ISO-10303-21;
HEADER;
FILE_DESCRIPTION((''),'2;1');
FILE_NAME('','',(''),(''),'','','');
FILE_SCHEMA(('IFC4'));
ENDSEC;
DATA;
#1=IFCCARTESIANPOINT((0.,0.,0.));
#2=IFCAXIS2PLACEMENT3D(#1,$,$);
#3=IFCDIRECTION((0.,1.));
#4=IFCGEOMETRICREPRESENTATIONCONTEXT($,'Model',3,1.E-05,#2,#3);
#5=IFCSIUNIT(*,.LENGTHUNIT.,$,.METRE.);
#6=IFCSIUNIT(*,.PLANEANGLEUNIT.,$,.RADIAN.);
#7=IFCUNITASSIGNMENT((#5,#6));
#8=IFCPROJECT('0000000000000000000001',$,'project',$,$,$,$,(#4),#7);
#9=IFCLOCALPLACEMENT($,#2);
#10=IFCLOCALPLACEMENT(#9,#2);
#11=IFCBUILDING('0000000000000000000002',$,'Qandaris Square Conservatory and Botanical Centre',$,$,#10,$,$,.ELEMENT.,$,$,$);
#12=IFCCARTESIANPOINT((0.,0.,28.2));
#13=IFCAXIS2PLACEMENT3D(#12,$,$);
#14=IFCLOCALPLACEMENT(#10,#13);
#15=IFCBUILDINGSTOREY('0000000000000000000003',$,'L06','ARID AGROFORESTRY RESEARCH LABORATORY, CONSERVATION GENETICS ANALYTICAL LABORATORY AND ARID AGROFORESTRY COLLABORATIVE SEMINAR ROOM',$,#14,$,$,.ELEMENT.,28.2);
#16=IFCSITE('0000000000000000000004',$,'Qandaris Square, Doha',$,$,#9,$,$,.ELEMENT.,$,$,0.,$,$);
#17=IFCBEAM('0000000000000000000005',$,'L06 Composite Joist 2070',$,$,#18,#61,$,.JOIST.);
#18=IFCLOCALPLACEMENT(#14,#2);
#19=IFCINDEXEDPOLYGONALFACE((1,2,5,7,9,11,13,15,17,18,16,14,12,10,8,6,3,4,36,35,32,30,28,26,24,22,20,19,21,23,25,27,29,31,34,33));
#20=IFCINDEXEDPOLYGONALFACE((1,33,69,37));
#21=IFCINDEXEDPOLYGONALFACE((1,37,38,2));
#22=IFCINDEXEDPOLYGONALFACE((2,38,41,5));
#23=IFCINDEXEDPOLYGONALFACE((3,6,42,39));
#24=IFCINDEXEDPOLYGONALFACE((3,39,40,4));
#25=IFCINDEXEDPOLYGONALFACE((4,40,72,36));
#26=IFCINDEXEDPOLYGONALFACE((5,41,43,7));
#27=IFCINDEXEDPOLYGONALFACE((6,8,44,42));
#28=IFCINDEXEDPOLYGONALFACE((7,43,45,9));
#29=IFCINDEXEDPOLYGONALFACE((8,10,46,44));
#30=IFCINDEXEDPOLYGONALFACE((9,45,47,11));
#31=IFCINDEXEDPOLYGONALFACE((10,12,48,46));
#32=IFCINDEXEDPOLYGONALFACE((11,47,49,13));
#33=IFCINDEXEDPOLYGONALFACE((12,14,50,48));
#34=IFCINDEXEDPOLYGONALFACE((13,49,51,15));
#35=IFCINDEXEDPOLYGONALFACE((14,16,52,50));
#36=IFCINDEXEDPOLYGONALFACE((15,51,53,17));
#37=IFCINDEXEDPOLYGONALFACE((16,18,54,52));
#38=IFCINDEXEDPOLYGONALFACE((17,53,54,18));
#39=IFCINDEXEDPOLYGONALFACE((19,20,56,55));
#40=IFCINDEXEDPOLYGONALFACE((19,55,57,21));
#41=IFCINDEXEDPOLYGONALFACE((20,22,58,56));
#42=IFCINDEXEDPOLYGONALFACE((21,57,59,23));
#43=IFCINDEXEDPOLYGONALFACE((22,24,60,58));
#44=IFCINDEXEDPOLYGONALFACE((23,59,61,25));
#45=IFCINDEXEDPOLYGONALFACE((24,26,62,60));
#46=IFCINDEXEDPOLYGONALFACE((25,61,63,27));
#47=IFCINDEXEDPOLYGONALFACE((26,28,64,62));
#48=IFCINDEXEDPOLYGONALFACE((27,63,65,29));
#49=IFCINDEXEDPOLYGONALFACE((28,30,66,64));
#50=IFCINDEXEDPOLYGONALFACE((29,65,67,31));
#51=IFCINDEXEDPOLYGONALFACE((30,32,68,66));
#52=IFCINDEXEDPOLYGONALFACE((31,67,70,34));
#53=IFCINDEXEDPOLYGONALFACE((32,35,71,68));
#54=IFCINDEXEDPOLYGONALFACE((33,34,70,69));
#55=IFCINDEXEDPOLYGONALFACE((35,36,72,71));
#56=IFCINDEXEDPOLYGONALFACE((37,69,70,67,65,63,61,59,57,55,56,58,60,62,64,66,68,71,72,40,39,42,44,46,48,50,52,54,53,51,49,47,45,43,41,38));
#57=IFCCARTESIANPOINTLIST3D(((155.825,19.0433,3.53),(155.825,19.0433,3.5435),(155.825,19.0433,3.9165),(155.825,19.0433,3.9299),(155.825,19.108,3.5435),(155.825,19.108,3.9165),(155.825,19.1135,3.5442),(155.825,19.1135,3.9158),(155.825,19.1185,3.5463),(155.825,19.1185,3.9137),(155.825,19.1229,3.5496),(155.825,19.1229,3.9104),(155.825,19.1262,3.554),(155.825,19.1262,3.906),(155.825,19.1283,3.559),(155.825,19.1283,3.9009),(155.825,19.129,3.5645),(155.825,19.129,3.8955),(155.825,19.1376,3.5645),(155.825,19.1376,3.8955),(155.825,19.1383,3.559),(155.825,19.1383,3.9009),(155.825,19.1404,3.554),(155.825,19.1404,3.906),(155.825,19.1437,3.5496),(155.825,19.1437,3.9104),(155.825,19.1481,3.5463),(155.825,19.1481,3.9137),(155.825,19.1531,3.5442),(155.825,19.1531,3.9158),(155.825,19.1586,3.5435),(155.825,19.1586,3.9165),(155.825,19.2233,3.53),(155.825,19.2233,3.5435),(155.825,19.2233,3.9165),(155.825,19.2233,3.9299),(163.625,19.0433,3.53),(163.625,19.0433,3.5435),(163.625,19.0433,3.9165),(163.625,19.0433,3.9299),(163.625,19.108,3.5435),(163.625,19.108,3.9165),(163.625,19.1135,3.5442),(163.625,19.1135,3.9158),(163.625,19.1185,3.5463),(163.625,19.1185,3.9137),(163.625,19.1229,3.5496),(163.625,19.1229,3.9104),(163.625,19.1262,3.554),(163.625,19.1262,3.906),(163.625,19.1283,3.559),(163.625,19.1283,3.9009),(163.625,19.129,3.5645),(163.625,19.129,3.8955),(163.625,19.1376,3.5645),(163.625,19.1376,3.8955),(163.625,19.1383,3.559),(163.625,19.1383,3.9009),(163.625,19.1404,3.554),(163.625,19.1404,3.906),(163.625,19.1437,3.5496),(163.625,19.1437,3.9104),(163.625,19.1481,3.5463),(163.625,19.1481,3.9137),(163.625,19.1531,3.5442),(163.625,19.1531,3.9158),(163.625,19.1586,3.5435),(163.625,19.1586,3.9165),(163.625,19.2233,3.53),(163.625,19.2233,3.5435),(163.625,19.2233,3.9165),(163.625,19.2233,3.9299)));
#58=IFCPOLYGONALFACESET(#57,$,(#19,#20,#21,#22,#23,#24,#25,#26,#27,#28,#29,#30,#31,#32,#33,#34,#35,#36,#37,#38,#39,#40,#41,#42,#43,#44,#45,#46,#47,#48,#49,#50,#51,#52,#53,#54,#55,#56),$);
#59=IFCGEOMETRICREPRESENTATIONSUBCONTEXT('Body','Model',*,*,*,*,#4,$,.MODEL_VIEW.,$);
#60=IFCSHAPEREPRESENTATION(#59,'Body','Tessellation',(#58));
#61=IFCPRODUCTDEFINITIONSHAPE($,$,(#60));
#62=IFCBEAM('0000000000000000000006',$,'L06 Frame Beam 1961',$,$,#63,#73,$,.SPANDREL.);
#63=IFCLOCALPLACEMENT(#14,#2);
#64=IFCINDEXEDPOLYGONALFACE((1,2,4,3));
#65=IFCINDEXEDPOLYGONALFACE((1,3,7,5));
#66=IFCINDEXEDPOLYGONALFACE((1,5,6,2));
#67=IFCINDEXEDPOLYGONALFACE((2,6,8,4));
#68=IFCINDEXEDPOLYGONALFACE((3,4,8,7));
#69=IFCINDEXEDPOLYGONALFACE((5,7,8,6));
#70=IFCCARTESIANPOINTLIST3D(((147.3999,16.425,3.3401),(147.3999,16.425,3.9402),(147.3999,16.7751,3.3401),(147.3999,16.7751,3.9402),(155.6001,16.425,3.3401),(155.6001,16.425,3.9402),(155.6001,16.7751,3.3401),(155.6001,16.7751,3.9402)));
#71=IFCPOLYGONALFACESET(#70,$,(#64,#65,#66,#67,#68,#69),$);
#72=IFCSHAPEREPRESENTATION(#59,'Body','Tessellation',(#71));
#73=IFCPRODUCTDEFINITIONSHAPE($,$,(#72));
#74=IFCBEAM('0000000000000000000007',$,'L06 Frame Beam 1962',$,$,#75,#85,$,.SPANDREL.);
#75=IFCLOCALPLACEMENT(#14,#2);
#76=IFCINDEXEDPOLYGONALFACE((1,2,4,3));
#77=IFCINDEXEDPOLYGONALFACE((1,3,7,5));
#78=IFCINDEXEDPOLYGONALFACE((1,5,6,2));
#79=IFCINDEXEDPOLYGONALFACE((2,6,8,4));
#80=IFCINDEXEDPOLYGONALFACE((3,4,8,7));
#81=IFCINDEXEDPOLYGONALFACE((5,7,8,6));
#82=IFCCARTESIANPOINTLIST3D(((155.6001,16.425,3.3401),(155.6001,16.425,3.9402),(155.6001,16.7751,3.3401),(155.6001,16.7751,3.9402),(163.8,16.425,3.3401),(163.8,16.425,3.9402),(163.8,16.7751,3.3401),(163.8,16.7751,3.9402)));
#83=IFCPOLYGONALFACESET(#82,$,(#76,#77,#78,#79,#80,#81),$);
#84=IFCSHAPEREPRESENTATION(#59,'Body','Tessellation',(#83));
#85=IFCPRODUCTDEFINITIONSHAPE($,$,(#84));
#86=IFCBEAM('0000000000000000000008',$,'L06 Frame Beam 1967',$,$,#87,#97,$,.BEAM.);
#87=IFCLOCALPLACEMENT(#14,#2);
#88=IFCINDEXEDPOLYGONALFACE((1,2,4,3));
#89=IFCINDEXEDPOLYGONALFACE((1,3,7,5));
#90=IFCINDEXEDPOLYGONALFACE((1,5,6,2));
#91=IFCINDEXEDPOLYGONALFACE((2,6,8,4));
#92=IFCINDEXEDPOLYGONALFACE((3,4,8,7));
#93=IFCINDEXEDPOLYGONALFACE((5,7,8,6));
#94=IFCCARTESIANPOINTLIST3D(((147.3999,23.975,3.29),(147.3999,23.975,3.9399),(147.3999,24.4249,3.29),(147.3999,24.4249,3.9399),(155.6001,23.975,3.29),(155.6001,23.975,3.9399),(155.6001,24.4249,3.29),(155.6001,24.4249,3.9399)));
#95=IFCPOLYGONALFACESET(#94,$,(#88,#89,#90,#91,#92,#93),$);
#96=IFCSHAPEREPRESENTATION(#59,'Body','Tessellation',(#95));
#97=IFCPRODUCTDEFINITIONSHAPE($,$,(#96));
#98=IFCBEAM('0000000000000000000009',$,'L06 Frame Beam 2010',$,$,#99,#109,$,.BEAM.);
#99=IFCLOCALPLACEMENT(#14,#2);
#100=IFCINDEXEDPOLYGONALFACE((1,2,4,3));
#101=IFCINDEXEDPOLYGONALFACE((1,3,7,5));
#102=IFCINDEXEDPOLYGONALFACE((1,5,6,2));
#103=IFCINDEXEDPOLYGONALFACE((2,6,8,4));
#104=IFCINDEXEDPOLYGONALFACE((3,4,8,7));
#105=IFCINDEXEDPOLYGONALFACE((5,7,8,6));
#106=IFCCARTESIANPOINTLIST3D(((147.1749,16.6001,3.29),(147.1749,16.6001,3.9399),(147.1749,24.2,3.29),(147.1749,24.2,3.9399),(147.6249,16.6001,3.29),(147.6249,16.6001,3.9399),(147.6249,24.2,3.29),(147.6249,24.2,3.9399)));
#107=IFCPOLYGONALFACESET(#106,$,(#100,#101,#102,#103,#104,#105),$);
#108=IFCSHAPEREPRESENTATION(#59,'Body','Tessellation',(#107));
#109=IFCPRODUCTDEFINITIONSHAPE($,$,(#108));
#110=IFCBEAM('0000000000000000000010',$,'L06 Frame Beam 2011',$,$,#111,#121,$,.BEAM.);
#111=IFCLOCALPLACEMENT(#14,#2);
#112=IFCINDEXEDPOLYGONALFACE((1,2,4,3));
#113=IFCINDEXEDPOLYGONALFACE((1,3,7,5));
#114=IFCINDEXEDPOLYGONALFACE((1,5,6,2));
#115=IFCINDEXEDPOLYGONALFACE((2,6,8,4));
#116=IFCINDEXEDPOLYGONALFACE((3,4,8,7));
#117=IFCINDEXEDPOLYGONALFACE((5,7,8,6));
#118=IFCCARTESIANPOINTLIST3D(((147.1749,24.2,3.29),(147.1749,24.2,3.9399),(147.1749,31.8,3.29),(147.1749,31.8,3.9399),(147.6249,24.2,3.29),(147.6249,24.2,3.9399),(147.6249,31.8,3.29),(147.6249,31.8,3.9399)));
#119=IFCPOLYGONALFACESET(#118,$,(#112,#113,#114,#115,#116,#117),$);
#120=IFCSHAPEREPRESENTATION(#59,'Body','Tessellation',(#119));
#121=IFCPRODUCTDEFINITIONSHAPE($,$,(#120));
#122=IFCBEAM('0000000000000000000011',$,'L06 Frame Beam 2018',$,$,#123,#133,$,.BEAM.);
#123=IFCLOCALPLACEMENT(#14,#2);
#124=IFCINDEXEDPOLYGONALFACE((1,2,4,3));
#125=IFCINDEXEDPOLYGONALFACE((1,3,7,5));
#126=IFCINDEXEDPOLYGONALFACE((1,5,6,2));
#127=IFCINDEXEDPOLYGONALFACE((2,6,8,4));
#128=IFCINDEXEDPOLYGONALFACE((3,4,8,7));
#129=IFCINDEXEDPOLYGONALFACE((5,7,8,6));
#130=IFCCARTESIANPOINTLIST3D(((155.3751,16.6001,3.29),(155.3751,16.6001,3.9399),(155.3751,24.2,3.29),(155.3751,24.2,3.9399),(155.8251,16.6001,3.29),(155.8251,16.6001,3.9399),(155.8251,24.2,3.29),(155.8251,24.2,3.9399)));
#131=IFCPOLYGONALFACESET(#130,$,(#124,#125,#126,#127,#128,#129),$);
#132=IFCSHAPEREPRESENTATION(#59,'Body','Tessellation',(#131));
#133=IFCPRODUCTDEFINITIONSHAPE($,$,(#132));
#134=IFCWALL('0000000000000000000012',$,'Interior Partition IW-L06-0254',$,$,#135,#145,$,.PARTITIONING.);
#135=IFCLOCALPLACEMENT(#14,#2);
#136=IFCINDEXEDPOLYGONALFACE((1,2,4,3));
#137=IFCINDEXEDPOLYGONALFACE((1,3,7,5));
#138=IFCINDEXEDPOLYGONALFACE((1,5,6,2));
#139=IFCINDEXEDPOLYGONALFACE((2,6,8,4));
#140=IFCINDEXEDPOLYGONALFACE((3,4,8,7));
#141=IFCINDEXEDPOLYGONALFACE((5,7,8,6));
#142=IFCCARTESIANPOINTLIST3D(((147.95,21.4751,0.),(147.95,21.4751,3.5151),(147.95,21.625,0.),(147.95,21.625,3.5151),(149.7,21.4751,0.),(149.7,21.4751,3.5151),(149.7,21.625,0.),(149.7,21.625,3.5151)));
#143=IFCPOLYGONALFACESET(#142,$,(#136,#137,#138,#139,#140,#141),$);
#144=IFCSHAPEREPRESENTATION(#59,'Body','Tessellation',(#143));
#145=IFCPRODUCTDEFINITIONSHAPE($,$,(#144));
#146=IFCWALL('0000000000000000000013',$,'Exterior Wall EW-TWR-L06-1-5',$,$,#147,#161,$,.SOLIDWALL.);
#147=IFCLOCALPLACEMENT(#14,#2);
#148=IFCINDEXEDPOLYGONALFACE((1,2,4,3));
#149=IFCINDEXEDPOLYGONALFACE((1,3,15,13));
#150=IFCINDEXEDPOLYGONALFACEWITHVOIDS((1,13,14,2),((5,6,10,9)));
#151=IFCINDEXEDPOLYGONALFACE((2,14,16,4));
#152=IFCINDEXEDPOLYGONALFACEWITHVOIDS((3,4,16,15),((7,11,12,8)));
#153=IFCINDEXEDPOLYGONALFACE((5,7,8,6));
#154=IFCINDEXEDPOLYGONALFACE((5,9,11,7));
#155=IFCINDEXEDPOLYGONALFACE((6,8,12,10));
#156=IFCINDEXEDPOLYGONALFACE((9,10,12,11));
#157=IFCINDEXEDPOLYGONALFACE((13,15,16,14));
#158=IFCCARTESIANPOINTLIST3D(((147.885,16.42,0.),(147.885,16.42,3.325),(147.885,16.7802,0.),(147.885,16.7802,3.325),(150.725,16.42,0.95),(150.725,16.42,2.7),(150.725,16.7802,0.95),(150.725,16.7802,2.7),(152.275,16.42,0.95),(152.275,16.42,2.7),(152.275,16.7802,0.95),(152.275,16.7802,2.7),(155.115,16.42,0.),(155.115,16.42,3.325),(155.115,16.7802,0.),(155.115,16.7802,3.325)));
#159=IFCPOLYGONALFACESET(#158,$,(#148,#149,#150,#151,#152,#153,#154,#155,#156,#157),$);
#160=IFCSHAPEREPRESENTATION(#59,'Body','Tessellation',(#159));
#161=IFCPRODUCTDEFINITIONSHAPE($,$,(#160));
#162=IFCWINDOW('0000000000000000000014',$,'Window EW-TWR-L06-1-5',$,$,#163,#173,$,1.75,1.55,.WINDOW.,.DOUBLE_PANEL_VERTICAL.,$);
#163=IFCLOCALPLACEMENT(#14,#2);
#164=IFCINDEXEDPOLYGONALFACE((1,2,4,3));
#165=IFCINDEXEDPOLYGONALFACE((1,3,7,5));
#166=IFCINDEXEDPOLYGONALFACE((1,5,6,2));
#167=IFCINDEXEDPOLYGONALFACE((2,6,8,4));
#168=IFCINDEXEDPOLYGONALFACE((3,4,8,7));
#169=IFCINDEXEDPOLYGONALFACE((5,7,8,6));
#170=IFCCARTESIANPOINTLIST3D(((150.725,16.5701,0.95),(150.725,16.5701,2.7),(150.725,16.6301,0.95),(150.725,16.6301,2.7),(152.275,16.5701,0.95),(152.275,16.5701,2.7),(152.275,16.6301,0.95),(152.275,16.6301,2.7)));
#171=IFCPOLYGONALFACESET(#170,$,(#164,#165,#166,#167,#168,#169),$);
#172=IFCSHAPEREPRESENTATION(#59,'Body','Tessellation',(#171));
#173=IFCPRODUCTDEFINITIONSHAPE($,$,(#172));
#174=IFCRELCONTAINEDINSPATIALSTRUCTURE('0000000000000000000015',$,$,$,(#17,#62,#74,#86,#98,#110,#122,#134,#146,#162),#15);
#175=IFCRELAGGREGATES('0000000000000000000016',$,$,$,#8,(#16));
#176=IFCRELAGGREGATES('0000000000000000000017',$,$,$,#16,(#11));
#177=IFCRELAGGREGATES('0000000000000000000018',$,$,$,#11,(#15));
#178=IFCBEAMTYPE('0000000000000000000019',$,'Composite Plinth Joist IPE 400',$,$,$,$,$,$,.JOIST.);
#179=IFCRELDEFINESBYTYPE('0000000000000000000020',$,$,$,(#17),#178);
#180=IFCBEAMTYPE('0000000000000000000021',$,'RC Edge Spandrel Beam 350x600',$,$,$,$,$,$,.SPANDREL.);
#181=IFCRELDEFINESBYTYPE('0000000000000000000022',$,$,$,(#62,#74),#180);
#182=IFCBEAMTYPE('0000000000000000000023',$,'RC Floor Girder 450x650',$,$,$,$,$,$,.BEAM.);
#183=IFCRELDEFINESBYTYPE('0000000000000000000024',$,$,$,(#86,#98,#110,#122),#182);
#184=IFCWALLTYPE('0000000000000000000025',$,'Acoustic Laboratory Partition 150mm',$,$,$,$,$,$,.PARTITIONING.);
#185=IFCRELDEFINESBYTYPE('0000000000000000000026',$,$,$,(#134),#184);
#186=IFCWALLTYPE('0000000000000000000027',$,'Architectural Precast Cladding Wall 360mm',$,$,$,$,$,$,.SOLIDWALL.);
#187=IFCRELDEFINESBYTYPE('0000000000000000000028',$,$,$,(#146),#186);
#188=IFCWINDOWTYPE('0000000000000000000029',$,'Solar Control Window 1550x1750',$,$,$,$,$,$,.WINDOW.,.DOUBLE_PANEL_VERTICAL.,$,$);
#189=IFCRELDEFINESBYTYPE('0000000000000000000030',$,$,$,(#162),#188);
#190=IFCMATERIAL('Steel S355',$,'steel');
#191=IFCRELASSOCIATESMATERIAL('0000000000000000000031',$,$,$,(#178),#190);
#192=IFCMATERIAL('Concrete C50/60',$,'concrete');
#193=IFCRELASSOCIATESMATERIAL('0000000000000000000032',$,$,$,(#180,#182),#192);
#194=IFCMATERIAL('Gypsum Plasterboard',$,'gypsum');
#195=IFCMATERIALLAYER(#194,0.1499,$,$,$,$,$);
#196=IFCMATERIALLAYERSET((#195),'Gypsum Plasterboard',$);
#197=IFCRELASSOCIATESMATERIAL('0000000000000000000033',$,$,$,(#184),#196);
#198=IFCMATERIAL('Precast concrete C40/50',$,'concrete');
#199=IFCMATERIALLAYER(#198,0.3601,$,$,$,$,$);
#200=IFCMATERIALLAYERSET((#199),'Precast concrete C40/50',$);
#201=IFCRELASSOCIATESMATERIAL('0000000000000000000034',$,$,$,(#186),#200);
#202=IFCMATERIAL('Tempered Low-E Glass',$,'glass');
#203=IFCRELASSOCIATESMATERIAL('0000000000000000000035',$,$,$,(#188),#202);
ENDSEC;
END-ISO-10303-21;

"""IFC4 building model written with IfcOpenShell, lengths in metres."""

from ifc_helpers import new_model, si_unit, direction, frame, frame_2d, origin, origin_2d, place, context, subcontext, project, spatial, rectangle, i_section, extrude, material, layer, layer_set, material_profile, profile_set, type_object, element, fill, save


model = new_model("IFC4")

# Units and contexts
model_context = context("Model", 3, precision=1e-05, world=origin(), true_north=direction((0.0, 1.0)))
body_context = subcontext(model_context, "Body", "Model", "MODEL_VIEW")
ifc_project = project(units=[si_unit("LENGTHUNIT", "METRE"), si_unit("PLANEANGLEUNIT", "RADIAN")], contexts=[model_context])

# Site, building, storey
site_placement = place(None, origin())
site = spatial("IfcSite", under=ifc_project, at=site_placement, Name="Qandaris Square, Doha", CompositionType="ELEMENT", RefElevation=0.0)
building_placement = place(site_placement, origin())
building = spatial("IfcBuilding", under=site, at=building_placement, Name="Qandaris Square Conservatory and Botanical Centre", CompositionType="ELEMENT")
storey_placement = place(building_placement, frame((0.0, 0.0, 28.2)))
storey = spatial("IfcBuildingStorey", under=building, at=storey_placement, Name="L06", Description="ARID AGROFORESTRY RESEARCH LABORATORY, CONSERVATION GENETICS ANALYTICAL LABORATORY AND ARID AGROFORESTRY COLLABORATIVE SEMINAR ROOM", CompositionType="ELEMENT", Elevation=28.2)

# Shared definitions
ifc_material_1 = material(Name="Concrete C50/60", Category="concrete")

# Beams
ifc_material_2 = material(Name="Steel S355", Category="steel")
ifc_material_profile_1 = material_profile(ifc_material_2, i_section(OverallWidth=0.1799, OverallDepth=0.3999, WebThickness=0.0085, FlangeThickness=0.0134, FilletRadius=0.021, at=origin_2d()), Name="IPE 400")
ifc_profile_set_1 = profile_set([ifc_material_profile_1], Name="Steel S355")
beam_type_1 = type_object("IfcBeamType", Name="Composite Plinth Joist IPE 400", PredefinedType="JOIST", material=ifc_profile_set_1)
beam_1_placement = place(storey_placement, frame((155.825, 19.1333, 3.73), z_axis=(1.0, 0.0, 0.0), x_axis=(0.0, 1.0, 0.0)))
element("IfcBeam", 1, at=beam_1_placement, inside=storey, type_object=beam_type_1, Name="L06 Composite Joist 2070", PredefinedType="JOIST", context=body_context, shape_type="SweptSolid", body=[
    extrude(i_section(OverallWidth=0.1799, OverallDepth=0.3999, WebThickness=0.0085, FlangeThickness=0.0134, FilletRadius=0.021, at=origin_2d()), origin(), (0.0, 0.0, 1.0), 7.8),
])
ifc_material_profile_2 = material_profile(ifc_material_1, rectangle(XDim=0.3501, YDim=0.6001, at=origin_2d()), Name="RC-SP 350x600")
ifc_profile_set_2 = profile_set([ifc_material_profile_2], Name="Concrete C50/60")
beam_type_2 = type_object("IfcBeamType", Name="RC Edge Spandrel Beam 350x600", PredefinedType="SPANDREL", material=ifc_profile_set_2)
beam_2_placement = place(storey_placement, frame((147.3999, 16.6001, 3.6401), z_axis=(1.0, 0.0, 0.0), x_axis=(0.0, 1.0, 0.0)))
element("IfcBeam", 2, at=beam_2_placement, inside=storey, type_object=beam_type_2, Name="L06 Frame Beam 1961", PredefinedType="SPANDREL", context=body_context, shape_type="SweptSolid", body=[
    extrude(rectangle(XDim=0.3501, YDim=0.6001, at=origin_2d()), origin(), (0.0, 0.0, 1.0), 8.2002),
])
beam_3_placement = place(storey_placement, frame((155.6001, 16.6001, 3.6401), z_axis=(1.0, 0.0, 0.0), x_axis=(0.0, 1.0, 0.0)))
element("IfcBeam", 3, at=beam_3_placement, inside=storey, type_object=beam_type_2, Name="L06 Frame Beam 1962", PredefinedType="SPANDREL", context=body_context, shape_type="SweptSolid", body=[
    extrude(rectangle(XDim=0.3501, YDim=0.6001, at=origin_2d()), origin(), (0.0, 0.0, 1.0), 8.2),
])
ifc_material_profile_3 = material_profile(ifc_material_1, rectangle(XDim=0.45, YDim=0.6499, at=origin_2d()), Name="RC-BM 450x650")
ifc_profile_set_3 = profile_set([ifc_material_profile_3], Name="Concrete C50/60")
beam_type_3 = type_object("IfcBeamType", Name="RC Floor Girder 450x650", PredefinedType="BEAM", material=ifc_profile_set_3)
beam_4_placement = place(storey_placement, frame((147.3999, 24.2, 3.615), z_axis=(1.0, 0.0, 0.0), x_axis=(0.0, 1.0, 0.0)))
element("IfcBeam", 4, at=beam_4_placement, inside=storey, type_object=beam_type_3, Name="L06 Frame Beam 1967", PredefinedType="BEAM", context=body_context, shape_type="SweptSolid", body=[
    extrude(rectangle(XDim=0.45, YDim=0.6499, at=origin_2d()), origin(), (0.0, 0.0, 1.0), 8.2002),
])
beam_5_placement = place(storey_placement, frame((147.3999, 16.6001, 3.615), z_axis=(0.0, 1.0, 0.0), x_axis=(-1.0, 0.0, 0.0)))
element("IfcBeam", 5, at=beam_5_placement, inside=storey, type_object=beam_type_3, Name="L06 Frame Beam 2010", PredefinedType="BEAM", context=body_context, shape_type="SweptSolid", body=[
    extrude(rectangle(XDim=0.45, YDim=0.6499, at=origin_2d()), origin(), (0.0, 0.0, 1.0), 7.5999),
])
beam_6_placement = place(storey_placement, frame((147.3999, 24.2, 3.615), z_axis=(0.0, 1.0, 0.0), x_axis=(-1.0, 0.0, 0.0)))
element("IfcBeam", 6, at=beam_6_placement, inside=storey, type_object=beam_type_3, Name="L06 Frame Beam 2011", PredefinedType="BEAM", context=body_context, shape_type="SweptSolid", body=[
    extrude(rectangle(XDim=0.45, YDim=0.6499, at=origin_2d()), origin(), (0.0, 0.0, 1.0), 7.6001),
])
beam_7_placement = place(storey_placement, frame((155.6001, 16.6001, 3.615), z_axis=(0.0, 1.0, 0.0), x_axis=(-1.0, 0.0, 0.0)))
element("IfcBeam", 7, at=beam_7_placement, inside=storey, type_object=beam_type_3, Name="L06 Frame Beam 2018", PredefinedType="BEAM", context=body_context, shape_type="SweptSolid", body=[
    extrude(rectangle(XDim=0.45, YDim=0.6499, at=origin_2d()), origin(), (0.0, 0.0, 1.0), 7.5999),
])

# Wall
ifc_material_3 = material(Name="Gypsum Plasterboard", Category="gypsum")
ifc_layer_1 = layer(ifc_material_3, 0.1499)
ifc_layer_set_1 = layer_set([ifc_layer_1], Name="Gypsum Plasterboard")
wall_type_1 = type_object("IfcWallType", Name="Acoustic Laboratory Partition 150mm", PredefinedType="PARTITIONING", material=ifc_layer_set_1)
wall_1_placement = place(storey_placement, frame((149.7, 21.55, 0.0), z_axis=(0.0, 0.0, 1.0), x_axis=(-1.0, 0.0, 0.0)))
element("IfcWall", 8, at=wall_1_placement, inside=storey, type_object=wall_type_1, Name="Interior Partition IW-L06-0254", PredefinedType="PARTITIONING", context=body_context, shape_type="SweptSolid", body=[
    extrude(rectangle(XDim=1.75, YDim=0.1499, at=frame_2d((0.875, 0.0))), origin(), (0.0, 0.0, 1.0), 3.5151),
])

# Wall, opening, window
ifc_material_4 = material(Name="Precast concrete C40/50", Category="concrete")
ifc_layer_2 = layer(ifc_material_4, 0.3601)
ifc_layer_set_2 = layer_set([ifc_layer_2], Name="Precast concrete C40/50")
wall_type_2 = type_object("IfcWallType", Name="Architectural Precast Cladding Wall 360mm", PredefinedType="SOLIDWALL", material=ifc_layer_set_2)
wall_2_placement = place(storey_placement, frame((147.885, 16.6001, 0.0), z_axis=(0.0, 0.0, 1.0), x_axis=(1.0, 0.0, 0.0)))
wall_2 = element("IfcWall", 9, at=wall_2_placement, inside=storey, type_object=wall_type_2, Name="Exterior Wall EW-TWR-L06-1-5", PredefinedType="SOLIDWALL", context=body_context, shape_type="SweptSolid", body=[
    extrude(rectangle(XDim=7.23, YDim=0.3601, at=frame_2d((3.615, 0.0))), origin(), (0.0, 0.0, 1.0), 3.325),
])
opening_1_placement = place(wall_2_placement, frame((2.8401, 0.0, 0.95)))
opening_1 = element("IfcOpeningElement", 10, at=opening_1_placement, cuts=wall_2, PredefinedType="OPENING", context=body_context, shape_type="SweptSolid", body=[
    extrude(rectangle(XDim=1.55, YDim=1.75, at=frame_2d((0.7749, 0.875))), frame((0.0, 0.1919, 0.0), z_axis=(0.0, -1.0, 0.0), x_axis=(1.0, 0.0, 0.0)), (0.0, 0.0, 1.0), 0.384),
])
ifc_material_5 = material(Name="Tempered Low-E Glass", Category="glass")
window_type = type_object("IfcWindowType", Name="Solar Control Window 1550x1750", PartitioningType="DOUBLE_PANEL_VERTICAL", PredefinedType="WINDOW", material=ifc_material_5)
window_placement = place(opening_1_placement, origin())
window = element("IfcWindow", 11, at=window_placement, inside=storey, type_object=window_type, Name="Window EW-TWR-L06-1-5", OverallHeight=1.75, OverallWidth=1.55, PartitioningType="DOUBLE_PANEL_VERTICAL", PredefinedType="WINDOW", context=body_context, shape_type="SweptSolid", body=[
    extrude(rectangle(XDim=1.55, YDim=1.75, at=frame_2d((0.7749, 0.875))), frame((0.0, 0.03, 0.0), z_axis=(0.0, -1.0, 0.0), x_axis=(1.0, 0.0, 0.0)), (0.0, 0.0, 1.0), 0.0601),
])
fill(opening_1, window)

save(model, "model.ifc")
